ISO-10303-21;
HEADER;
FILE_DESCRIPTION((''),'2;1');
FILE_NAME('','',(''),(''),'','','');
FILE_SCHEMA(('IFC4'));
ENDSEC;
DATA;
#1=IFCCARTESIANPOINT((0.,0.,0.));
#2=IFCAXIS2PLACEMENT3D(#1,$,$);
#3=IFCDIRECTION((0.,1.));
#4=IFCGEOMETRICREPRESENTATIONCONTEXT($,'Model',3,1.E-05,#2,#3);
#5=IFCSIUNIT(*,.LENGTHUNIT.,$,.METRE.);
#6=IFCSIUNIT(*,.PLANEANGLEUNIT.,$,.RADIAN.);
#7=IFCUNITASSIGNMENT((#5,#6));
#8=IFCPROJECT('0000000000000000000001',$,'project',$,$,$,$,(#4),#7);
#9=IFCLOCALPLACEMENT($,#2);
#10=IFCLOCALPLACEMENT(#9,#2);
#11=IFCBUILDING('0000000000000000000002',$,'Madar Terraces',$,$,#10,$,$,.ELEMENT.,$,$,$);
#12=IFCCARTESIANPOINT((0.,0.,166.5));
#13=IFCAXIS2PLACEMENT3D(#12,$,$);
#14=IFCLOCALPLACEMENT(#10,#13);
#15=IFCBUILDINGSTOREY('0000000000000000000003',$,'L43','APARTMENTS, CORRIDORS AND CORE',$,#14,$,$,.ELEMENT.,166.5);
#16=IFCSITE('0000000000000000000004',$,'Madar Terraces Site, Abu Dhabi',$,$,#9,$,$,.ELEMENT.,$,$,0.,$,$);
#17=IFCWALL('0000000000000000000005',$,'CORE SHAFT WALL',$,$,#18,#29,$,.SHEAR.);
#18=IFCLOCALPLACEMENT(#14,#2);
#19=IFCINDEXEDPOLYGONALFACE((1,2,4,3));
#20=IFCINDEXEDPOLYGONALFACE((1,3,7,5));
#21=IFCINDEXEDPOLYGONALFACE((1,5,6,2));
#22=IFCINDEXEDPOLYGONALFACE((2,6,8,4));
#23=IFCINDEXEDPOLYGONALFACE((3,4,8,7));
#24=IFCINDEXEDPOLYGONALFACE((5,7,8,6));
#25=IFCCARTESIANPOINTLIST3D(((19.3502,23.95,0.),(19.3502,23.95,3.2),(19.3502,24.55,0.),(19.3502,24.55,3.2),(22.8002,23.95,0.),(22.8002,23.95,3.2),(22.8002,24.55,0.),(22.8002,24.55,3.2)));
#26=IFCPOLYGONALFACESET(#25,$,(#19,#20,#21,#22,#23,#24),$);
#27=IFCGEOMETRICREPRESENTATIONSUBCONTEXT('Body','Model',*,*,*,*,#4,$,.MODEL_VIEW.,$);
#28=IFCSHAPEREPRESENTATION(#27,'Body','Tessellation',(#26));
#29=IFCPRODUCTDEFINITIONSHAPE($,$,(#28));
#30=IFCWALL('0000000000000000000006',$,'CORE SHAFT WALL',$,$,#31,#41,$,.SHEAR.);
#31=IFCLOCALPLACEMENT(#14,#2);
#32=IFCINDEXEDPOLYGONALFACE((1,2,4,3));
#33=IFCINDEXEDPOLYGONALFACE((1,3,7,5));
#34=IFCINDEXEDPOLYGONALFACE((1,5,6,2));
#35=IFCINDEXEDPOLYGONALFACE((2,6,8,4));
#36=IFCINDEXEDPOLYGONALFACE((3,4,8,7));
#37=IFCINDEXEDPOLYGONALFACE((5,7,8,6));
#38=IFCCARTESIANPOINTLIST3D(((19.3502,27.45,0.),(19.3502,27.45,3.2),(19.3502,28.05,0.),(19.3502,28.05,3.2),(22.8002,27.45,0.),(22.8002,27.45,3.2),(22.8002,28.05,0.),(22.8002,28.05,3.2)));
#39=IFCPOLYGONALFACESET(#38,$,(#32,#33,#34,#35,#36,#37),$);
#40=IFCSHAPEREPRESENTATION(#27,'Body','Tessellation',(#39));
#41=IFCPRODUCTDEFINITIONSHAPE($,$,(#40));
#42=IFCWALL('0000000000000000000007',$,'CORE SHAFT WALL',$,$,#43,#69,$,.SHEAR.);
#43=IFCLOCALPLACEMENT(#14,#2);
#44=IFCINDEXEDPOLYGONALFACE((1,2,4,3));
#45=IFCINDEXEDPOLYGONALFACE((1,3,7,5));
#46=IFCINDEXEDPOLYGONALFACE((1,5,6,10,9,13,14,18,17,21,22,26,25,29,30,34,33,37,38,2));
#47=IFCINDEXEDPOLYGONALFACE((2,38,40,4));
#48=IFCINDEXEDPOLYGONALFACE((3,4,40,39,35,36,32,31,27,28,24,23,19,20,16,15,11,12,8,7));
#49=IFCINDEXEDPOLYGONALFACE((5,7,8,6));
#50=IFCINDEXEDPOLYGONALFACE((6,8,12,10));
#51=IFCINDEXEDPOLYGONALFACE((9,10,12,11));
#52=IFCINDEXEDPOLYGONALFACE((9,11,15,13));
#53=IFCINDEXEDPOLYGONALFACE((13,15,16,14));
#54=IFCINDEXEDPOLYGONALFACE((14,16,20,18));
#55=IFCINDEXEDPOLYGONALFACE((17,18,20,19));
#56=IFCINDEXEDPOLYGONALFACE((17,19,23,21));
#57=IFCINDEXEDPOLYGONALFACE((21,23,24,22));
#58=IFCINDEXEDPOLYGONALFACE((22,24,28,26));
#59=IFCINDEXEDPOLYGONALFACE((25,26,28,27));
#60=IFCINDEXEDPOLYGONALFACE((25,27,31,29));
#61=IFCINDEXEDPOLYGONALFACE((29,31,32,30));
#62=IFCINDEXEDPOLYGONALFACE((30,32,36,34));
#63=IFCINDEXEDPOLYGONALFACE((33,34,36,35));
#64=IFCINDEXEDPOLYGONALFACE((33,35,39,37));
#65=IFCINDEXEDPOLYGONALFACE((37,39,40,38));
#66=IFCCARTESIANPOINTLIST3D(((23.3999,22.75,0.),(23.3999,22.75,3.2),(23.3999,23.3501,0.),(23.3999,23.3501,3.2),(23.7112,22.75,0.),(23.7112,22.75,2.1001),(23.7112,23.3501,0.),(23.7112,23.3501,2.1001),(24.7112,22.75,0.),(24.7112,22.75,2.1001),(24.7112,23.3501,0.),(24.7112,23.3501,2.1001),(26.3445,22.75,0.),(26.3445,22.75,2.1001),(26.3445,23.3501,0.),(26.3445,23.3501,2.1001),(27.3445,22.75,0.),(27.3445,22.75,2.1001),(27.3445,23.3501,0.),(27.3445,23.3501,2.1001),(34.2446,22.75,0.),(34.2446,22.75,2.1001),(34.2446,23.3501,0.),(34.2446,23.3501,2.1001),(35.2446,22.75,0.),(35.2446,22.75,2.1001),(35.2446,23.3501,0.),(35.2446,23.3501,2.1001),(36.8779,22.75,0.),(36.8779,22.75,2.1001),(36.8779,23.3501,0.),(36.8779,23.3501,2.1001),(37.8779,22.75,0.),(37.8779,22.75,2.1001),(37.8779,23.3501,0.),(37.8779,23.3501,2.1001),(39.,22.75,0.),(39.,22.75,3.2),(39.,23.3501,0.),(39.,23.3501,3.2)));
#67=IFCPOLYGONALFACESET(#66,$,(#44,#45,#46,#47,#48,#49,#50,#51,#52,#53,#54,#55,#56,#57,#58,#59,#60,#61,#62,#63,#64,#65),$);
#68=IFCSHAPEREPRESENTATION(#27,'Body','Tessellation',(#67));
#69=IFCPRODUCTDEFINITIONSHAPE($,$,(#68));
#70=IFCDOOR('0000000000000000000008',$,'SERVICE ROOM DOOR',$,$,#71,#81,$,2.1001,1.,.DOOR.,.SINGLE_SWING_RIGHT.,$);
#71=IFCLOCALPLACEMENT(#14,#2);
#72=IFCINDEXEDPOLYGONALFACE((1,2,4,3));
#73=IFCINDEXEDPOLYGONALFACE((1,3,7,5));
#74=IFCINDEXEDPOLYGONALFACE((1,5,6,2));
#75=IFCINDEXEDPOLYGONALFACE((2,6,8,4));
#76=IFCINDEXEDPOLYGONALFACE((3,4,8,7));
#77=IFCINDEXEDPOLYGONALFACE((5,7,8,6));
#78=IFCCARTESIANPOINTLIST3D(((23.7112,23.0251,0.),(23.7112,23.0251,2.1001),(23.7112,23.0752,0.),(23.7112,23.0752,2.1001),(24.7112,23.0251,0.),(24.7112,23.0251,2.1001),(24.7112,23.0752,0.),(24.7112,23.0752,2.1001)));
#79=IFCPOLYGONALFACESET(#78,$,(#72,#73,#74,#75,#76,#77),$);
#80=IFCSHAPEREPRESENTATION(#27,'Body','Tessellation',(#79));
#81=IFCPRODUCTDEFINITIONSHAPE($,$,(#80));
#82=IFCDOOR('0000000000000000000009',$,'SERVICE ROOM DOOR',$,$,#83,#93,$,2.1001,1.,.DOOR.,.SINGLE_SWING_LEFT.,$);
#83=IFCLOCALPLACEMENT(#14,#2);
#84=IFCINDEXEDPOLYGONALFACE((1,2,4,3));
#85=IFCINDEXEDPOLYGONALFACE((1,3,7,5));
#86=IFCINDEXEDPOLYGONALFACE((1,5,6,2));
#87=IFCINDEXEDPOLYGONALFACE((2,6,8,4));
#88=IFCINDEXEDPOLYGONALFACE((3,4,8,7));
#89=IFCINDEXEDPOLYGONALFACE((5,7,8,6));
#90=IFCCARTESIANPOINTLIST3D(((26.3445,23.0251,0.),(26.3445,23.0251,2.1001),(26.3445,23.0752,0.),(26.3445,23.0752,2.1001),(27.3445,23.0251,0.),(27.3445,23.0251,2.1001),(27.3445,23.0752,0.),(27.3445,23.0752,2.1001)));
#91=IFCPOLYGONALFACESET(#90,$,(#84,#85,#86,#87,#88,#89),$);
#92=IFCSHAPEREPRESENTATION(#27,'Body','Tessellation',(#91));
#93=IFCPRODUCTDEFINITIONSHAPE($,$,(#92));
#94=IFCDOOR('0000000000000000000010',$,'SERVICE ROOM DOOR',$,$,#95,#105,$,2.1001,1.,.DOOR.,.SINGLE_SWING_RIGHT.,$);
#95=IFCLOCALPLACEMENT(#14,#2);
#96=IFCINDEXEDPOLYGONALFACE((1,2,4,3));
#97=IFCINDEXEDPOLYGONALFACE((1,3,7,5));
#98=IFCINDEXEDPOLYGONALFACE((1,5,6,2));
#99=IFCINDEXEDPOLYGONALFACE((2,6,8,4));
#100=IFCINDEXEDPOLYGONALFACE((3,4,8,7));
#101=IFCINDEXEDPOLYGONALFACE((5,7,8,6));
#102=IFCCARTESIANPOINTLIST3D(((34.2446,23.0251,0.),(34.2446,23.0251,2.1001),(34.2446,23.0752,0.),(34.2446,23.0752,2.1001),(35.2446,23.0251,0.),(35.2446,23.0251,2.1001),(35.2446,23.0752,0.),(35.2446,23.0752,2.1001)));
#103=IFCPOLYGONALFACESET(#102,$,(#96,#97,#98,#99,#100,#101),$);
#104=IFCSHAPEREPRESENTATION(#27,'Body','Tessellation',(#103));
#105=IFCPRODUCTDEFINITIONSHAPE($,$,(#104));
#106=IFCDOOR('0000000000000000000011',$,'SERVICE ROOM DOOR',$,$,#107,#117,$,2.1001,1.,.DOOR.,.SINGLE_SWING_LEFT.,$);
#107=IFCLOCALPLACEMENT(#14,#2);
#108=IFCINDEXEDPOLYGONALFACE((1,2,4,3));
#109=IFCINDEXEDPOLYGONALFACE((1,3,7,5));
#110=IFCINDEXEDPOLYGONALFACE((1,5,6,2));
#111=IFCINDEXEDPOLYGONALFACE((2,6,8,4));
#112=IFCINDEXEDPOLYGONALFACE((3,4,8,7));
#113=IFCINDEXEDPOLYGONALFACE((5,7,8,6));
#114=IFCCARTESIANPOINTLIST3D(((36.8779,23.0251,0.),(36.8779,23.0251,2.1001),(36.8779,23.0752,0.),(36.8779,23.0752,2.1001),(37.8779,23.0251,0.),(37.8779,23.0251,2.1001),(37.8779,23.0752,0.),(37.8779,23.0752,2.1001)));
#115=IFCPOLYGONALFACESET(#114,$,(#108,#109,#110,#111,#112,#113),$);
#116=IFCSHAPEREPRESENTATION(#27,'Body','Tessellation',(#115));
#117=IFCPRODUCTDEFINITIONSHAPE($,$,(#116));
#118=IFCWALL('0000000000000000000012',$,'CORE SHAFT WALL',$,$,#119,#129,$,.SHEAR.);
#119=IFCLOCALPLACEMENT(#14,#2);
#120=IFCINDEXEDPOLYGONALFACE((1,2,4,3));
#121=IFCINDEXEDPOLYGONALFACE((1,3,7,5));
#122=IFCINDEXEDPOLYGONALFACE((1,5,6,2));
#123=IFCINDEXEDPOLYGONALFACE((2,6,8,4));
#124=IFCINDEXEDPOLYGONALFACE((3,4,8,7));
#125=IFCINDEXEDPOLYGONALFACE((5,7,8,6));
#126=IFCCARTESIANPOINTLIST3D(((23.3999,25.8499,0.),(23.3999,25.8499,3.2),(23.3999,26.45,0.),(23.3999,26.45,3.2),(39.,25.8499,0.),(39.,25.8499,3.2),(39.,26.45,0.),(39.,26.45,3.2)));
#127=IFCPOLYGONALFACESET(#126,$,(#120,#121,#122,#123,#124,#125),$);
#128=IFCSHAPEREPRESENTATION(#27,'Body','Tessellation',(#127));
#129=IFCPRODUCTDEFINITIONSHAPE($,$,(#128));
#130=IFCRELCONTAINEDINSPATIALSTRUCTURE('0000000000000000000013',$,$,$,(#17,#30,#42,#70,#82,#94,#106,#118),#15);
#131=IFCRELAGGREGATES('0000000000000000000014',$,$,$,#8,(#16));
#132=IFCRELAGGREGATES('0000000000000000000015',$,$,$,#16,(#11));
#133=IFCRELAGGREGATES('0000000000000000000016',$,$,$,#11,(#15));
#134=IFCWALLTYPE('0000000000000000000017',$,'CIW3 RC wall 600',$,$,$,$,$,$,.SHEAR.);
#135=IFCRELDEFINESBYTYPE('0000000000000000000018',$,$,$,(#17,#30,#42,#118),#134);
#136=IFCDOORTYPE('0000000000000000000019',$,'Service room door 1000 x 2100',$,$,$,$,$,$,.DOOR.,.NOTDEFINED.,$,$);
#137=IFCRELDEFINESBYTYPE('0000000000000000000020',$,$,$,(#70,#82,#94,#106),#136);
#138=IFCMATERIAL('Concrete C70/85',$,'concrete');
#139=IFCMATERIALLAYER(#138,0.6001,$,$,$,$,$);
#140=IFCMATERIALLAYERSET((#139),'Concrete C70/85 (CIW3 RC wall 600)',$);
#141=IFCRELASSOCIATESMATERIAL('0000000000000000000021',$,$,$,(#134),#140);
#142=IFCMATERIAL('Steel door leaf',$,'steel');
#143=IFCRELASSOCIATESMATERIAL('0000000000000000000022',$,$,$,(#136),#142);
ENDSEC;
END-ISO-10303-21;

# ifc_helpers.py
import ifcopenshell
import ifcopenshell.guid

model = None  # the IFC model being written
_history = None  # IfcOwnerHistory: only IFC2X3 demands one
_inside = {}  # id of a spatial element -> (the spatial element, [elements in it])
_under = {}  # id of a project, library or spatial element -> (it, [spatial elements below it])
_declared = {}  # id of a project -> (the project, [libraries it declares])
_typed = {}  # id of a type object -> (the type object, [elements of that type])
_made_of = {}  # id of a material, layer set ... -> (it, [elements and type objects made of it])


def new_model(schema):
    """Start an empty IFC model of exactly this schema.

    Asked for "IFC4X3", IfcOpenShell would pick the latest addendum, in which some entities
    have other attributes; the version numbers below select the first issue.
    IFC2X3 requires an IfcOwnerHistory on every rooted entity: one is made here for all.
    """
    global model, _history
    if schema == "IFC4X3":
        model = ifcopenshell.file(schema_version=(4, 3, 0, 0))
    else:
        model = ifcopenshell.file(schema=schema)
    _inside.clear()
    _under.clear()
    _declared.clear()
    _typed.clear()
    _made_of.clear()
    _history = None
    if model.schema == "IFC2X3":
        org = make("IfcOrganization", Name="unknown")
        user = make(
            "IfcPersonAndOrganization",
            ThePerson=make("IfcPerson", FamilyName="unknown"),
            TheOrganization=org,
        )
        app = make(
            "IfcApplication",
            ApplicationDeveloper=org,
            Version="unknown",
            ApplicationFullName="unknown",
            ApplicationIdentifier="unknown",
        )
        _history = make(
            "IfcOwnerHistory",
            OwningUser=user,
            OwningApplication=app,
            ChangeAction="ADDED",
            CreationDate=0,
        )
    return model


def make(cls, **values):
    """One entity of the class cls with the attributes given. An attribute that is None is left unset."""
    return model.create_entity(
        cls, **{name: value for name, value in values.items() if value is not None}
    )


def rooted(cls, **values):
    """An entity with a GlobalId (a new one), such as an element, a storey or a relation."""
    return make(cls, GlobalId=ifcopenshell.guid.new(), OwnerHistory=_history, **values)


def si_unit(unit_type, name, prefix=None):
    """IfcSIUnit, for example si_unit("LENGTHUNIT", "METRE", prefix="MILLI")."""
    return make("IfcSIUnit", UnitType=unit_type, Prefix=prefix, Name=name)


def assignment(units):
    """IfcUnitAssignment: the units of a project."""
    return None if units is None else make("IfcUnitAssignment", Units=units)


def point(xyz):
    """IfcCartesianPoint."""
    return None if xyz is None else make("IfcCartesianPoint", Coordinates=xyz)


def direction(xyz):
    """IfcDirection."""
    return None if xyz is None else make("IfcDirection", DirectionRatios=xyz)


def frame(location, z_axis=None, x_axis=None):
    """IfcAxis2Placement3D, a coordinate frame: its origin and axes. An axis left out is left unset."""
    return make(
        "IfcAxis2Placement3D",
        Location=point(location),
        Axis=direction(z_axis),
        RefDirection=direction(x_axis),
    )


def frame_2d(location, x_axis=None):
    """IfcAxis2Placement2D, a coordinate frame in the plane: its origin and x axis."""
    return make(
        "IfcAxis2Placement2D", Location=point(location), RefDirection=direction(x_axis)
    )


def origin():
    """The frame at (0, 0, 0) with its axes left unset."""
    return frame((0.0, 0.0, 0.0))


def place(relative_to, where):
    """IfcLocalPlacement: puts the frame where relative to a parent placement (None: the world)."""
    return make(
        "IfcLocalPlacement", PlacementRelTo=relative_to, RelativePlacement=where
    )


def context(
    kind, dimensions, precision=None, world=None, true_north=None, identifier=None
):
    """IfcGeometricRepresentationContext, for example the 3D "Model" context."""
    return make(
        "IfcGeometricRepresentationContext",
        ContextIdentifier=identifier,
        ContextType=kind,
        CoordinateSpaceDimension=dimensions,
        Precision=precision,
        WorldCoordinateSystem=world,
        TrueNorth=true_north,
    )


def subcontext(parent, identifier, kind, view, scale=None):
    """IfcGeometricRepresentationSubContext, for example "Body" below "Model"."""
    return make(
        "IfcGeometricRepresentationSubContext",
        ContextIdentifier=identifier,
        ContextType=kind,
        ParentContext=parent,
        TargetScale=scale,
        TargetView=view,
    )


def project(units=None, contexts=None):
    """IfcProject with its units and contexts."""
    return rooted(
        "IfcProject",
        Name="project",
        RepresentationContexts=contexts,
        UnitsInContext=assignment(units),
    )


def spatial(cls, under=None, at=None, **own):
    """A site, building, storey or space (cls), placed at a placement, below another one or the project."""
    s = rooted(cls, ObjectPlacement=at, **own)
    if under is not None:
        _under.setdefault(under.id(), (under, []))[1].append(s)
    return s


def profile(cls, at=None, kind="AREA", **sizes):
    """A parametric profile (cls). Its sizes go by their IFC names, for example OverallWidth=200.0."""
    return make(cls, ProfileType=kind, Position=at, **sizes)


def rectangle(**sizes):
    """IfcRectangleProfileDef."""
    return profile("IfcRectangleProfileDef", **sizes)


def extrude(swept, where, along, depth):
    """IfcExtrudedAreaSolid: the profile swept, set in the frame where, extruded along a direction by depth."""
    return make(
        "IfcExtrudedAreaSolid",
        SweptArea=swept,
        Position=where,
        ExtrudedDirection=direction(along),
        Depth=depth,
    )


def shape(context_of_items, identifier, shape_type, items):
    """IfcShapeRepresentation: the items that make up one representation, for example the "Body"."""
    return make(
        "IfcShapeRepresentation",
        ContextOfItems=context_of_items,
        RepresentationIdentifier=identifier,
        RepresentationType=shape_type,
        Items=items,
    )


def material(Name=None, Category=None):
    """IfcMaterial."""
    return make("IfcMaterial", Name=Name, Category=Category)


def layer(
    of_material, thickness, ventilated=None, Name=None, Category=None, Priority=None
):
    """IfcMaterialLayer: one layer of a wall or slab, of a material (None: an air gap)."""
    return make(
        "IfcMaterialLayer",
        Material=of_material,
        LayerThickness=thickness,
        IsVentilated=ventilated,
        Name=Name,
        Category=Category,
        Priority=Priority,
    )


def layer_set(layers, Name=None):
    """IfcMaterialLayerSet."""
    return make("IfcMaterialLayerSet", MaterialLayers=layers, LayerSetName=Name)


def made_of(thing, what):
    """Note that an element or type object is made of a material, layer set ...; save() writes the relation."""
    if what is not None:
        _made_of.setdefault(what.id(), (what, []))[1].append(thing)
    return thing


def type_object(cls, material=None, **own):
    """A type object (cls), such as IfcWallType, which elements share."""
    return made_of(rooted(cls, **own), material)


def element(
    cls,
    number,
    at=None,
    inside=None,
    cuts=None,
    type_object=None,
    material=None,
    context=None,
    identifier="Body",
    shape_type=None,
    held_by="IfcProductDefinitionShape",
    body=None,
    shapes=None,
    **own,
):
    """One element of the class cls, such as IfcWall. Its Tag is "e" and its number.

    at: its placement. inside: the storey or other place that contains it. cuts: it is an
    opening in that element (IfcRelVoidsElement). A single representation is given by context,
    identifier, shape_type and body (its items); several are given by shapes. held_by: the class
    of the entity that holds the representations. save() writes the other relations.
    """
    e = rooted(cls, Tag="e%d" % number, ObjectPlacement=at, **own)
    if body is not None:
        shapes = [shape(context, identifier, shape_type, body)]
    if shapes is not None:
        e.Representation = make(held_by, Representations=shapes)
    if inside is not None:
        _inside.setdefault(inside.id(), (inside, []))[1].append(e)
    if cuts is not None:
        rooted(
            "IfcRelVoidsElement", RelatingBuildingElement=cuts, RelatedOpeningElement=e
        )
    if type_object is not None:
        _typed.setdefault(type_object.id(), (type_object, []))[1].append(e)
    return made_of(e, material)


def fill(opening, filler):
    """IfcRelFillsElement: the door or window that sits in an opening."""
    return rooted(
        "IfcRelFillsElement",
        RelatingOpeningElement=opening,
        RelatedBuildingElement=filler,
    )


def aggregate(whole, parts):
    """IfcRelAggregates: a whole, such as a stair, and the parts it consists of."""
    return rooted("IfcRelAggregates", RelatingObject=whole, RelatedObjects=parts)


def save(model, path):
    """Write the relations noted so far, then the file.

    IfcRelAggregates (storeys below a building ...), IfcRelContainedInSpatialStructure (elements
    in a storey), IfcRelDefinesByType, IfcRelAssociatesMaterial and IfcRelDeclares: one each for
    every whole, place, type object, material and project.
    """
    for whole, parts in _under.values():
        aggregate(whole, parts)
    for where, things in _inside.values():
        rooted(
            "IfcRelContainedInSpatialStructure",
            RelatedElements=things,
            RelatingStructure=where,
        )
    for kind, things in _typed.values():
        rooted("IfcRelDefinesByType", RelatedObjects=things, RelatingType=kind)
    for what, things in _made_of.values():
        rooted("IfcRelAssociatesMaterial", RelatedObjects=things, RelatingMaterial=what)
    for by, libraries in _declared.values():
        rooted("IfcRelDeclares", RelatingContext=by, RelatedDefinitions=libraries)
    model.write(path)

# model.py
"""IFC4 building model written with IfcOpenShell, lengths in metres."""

from ifc_helpers import new_model, si_unit, direction, frame, frame_2d, origin, place, context, subcontext, project, spatial, rectangle, extrude, material, layer, layer_set, type_object, element, fill, save


model = new_model("IFC4")

# Units and contexts
model_context = context("Model", 3, precision=1e-05, world=origin(), true_north=direction((0.0, 1.0)))
body_context = subcontext(model_context, "Body", "Model", "MODEL_VIEW")
ifc_project = project(units=[si_unit("LENGTHUNIT", "METRE"), si_unit("PLANEANGLEUNIT", "RADIAN")], contexts=[model_context])

# Site, building, storey
site_placement = place(None, origin())
site = spatial("IfcSite", under=ifc_project, at=site_placement, Name="Madar Terraces Site, Abu Dhabi", CompositionType="ELEMENT", RefElevation=0.0)
building_placement = place(site_placement, origin())
building = spatial("IfcBuilding", under=site, at=building_placement, Name="Madar Terraces", CompositionType="ELEMENT")
storey_placement = place(building_placement, frame((0.0, 0.0, 166.5)))
storey = spatial("IfcBuildingStorey", under=building, at=storey_placement, Name="L43", Description="APARTMENTS, CORRIDORS AND CORE", CompositionType="ELEMENT", Elevation=166.5)

# Walls
ifc_material_1 = material(Name="Concrete C70/85", Category="concrete")
ifc_layer_1 = layer(ifc_material_1, 0.6001)
ifc_layer_set_1 = layer_set([ifc_layer_1], Name="Concrete C70/85 (CIW3 RC wall 600)")
wall_type_1 = type_object("IfcWallType", Name="CIW3 RC wall 600", PredefinedType="SHEAR", material=ifc_layer_set_1)
for number, where, z_axis, x_axis, name in (
    (1, (19.3501, 24.25, 0.0), (0.0, 0.0, 1.0), (1.0, 0.0, 0.0), "CORE SHAFT WALL"),
    (2, (19.3501, 27.75, 0.0), (0.0, 0.0, 1.0), (1.0, 0.0, 0.0), "CORE SHAFT WALL"),
):
    element("IfcWall", number, at=place(storey_placement, frame(where, z_axis=z_axis, x_axis=x_axis)), inside=storey, type_object=wall_type_1, Name=name, PredefinedType="SHEAR", context=body_context, shape_type="SweptSolid", body=[
        extrude(rectangle(XDim=3.45, YDim=0.6001, at=frame_2d((1.7251, 0.0))), origin(), (0.0, 0.0, 1.0), 3.2),
    ])

# Wall, openings, doors
wall_1_placement = place(storey_placement, frame((23.3999, 23.05, 0.0), z_axis=(0.0, 0.0, 1.0), x_axis=(1.0, 0.0, 0.0)))
wall_1 = element("IfcWall", 3, at=wall_1_placement, inside=storey, type_object=wall_type_1, Name="CORE SHAFT WALL", PredefinedType="SHEAR", context=body_context, shape_type="SweptSolid", body=[
    extrude(rectangle(XDim=15.6001, YDim=0.6001, at=frame_2d((7.8, 0.0))), origin(), (0.0, 0.0, 1.0), 3.2),
])
opening_1_placement = place(wall_1_placement, frame((0.3113, 0.0, 0.0)))
opening_1 = element("IfcOpeningElement", 4, at=opening_1_placement, cuts=wall_1, PredefinedType="OPENING", context=body_context, shape_type="SweptSolid", body=[
    extrude(rectangle(XDim=1.0, YDim=2.1001, at=frame_2d((0.5, 1.05))), frame((0.0, 0.3101, 0.0), z_axis=(0.0, -1.0, 0.0), x_axis=(1.0, 0.0, 0.0)), (0.0, 0.0, 1.0), 0.6201),
])
opening_2_placement = place(wall_1_placement, frame((2.9446, 0.0, 0.0)))
opening_2 = element("IfcOpeningElement", 5, at=opening_2_placement, cuts=wall_1, PredefinedType="OPENING", context=body_context, shape_type="SweptSolid", body=[
    extrude(rectangle(XDim=1.0, YDim=2.1001, at=frame_2d((0.5, 1.05))), frame((0.0, 0.3101, 0.0), z_axis=(0.0, -1.0, 0.0), x_axis=(1.0, 0.0, 0.0)), (0.0, 0.0, 1.0), 0.6201),
])
opening_3_placement = place(wall_1_placement, frame((10.8447, 0.0, 0.0)))
opening_3 = element("IfcOpeningElement", 6, at=opening_3_placement, cuts=wall_1, PredefinedType="OPENING", context=body_context, shape_type="SweptSolid", body=[
    extrude(rectangle(XDim=1.0, YDim=2.1001, at=frame_2d((0.5, 1.05))), frame((0.0, 0.3101, 0.0), z_axis=(0.0, -1.0, 0.0), x_axis=(1.0, 0.0, 0.0)), (0.0, 0.0, 1.0), 0.6201),
])
opening_4_placement = place(wall_1_placement, frame((13.478, 0.0, 0.0)))
opening_4 = element("IfcOpeningElement", 7, at=opening_4_placement, cuts=wall_1, PredefinedType="OPENING", context=body_context, shape_type="SweptSolid", body=[
    extrude(rectangle(XDim=1.0, YDim=2.1001, at=frame_2d((0.5, 1.05))), frame((0.0, 0.3101, 0.0), z_axis=(0.0, -1.0, 0.0), x_axis=(1.0, 0.0, 0.0)), (0.0, 0.0, 1.0), 0.6201),
])
ifc_material_2 = material(Name="Steel door leaf", Category="steel")
door_type_1 = type_object("IfcDoorType", Name="Service room door 1000 x 2100", OperationType="NOTDEFINED", PredefinedType="DOOR", material=ifc_material_2)
door_1_placement = place(opening_1_placement, frame((1.0, 0.0, 0.0), z_axis=(0.0, 0.0, 1.0), x_axis=(-1.0, 0.0, 0.0)))
door_1 = element("IfcDoor", 8, at=door_1_placement, inside=storey, type_object=door_type_1, Name="SERVICE ROOM DOOR", OperationType="SINGLE_SWING_RIGHT", OverallHeight=2.1001, OverallWidth=1.0, PredefinedType="DOOR", context=body_context, shape_type="SweptSolid", body=[
    extrude(rectangle(XDim=1.0, YDim=2.1001, at=frame_2d((0.5, 1.05))), frame((0.0, 0.0249, 0.0), z_axis=(0.0, -1.0, 0.0), x_axis=(1.0, 0.0, 0.0)), (0.0, 0.0, 1.0), 0.05),
])
fill(opening_1, door_1)
door_2_placement = place(opening_2_placement, frame((1.0, 0.0, 0.0), z_axis=(0.0, 0.0, 1.0), x_axis=(-1.0, 0.0, 0.0)))
door_2 = element("IfcDoor", 9, at=door_2_placement, inside=storey, type_object=door_type_1, Name="SERVICE ROOM DOOR", OperationType="SINGLE_SWING_LEFT", OverallHeight=2.1001, OverallWidth=1.0, PredefinedType="DOOR", context=body_context, shape_type="SweptSolid", body=[
    extrude(rectangle(XDim=1.0, YDim=2.1001, at=frame_2d((0.5, 1.05))), frame((0.0, 0.0249, 0.0), z_axis=(0.0, -1.0, 0.0), x_axis=(1.0, 0.0, 0.0)), (0.0, 0.0, 1.0), 0.05),
])
fill(opening_2, door_2)
door_3_placement = place(opening_3_placement, frame((1.0, 0.0, 0.0), z_axis=(0.0, 0.0, 1.0), x_axis=(-1.0, 0.0, 0.0)))
door_3 = element("IfcDoor", 10, at=door_3_placement, inside=storey, type_object=door_type_1, Name="SERVICE ROOM DOOR", OperationType="SINGLE_SWING_RIGHT", OverallHeight=2.1001, OverallWidth=1.0, PredefinedType="DOOR", context=body_context, shape_type="SweptSolid", body=[
    extrude(rectangle(XDim=1.0, YDim=2.1001, at=frame_2d((0.5, 1.05))), frame((0.0, 0.0249, 0.0), z_axis=(0.0, -1.0, 0.0), x_axis=(1.0, 0.0, 0.0)), (0.0, 0.0, 1.0), 0.05),
])
fill(opening_3, door_3)
door_4_placement = place(opening_4_placement, frame((1.0, 0.0, 0.0), z_axis=(0.0, 0.0, 1.0), x_axis=(-1.0, 0.0, 0.0)))
door_4 = element("IfcDoor", 11, at=door_4_placement, inside=storey, type_object=door_type_1, Name="SERVICE ROOM DOOR", OperationType="SINGLE_SWING_LEFT", OverallHeight=2.1001, OverallWidth=1.0, PredefinedType="DOOR", context=body_context, shape_type="SweptSolid", body=[
    extrude(rectangle(XDim=1.0, YDim=2.1001, at=frame_2d((0.5, 1.05))), frame((0.0, 0.0249, 0.0), z_axis=(0.0, -1.0, 0.0), x_axis=(1.0, 0.0, 0.0)), (0.0, 0.0, 1.0), 0.05),
])
fill(opening_4, door_4)

# Wall
wall_2_placement = place(storey_placement, frame((23.3999, 26.1499, 0.0), z_axis=(0.0, 0.0, 1.0), x_axis=(1.0, 0.0, 0.0)))
element("IfcWall", 12, at=wall_2_placement, inside=storey, type_object=wall_type_1, Name="CORE SHAFT WALL", PredefinedType="SHEAR", context=body_context, shape_type="SweptSolid", body=[
    extrude(rectangle(XDim=15.6001, YDim=0.6001, at=frame_2d((7.8, 0.0))), origin(), (0.0, 0.0, 1.0), 3.2),
])

save(model, "model.ifc")
